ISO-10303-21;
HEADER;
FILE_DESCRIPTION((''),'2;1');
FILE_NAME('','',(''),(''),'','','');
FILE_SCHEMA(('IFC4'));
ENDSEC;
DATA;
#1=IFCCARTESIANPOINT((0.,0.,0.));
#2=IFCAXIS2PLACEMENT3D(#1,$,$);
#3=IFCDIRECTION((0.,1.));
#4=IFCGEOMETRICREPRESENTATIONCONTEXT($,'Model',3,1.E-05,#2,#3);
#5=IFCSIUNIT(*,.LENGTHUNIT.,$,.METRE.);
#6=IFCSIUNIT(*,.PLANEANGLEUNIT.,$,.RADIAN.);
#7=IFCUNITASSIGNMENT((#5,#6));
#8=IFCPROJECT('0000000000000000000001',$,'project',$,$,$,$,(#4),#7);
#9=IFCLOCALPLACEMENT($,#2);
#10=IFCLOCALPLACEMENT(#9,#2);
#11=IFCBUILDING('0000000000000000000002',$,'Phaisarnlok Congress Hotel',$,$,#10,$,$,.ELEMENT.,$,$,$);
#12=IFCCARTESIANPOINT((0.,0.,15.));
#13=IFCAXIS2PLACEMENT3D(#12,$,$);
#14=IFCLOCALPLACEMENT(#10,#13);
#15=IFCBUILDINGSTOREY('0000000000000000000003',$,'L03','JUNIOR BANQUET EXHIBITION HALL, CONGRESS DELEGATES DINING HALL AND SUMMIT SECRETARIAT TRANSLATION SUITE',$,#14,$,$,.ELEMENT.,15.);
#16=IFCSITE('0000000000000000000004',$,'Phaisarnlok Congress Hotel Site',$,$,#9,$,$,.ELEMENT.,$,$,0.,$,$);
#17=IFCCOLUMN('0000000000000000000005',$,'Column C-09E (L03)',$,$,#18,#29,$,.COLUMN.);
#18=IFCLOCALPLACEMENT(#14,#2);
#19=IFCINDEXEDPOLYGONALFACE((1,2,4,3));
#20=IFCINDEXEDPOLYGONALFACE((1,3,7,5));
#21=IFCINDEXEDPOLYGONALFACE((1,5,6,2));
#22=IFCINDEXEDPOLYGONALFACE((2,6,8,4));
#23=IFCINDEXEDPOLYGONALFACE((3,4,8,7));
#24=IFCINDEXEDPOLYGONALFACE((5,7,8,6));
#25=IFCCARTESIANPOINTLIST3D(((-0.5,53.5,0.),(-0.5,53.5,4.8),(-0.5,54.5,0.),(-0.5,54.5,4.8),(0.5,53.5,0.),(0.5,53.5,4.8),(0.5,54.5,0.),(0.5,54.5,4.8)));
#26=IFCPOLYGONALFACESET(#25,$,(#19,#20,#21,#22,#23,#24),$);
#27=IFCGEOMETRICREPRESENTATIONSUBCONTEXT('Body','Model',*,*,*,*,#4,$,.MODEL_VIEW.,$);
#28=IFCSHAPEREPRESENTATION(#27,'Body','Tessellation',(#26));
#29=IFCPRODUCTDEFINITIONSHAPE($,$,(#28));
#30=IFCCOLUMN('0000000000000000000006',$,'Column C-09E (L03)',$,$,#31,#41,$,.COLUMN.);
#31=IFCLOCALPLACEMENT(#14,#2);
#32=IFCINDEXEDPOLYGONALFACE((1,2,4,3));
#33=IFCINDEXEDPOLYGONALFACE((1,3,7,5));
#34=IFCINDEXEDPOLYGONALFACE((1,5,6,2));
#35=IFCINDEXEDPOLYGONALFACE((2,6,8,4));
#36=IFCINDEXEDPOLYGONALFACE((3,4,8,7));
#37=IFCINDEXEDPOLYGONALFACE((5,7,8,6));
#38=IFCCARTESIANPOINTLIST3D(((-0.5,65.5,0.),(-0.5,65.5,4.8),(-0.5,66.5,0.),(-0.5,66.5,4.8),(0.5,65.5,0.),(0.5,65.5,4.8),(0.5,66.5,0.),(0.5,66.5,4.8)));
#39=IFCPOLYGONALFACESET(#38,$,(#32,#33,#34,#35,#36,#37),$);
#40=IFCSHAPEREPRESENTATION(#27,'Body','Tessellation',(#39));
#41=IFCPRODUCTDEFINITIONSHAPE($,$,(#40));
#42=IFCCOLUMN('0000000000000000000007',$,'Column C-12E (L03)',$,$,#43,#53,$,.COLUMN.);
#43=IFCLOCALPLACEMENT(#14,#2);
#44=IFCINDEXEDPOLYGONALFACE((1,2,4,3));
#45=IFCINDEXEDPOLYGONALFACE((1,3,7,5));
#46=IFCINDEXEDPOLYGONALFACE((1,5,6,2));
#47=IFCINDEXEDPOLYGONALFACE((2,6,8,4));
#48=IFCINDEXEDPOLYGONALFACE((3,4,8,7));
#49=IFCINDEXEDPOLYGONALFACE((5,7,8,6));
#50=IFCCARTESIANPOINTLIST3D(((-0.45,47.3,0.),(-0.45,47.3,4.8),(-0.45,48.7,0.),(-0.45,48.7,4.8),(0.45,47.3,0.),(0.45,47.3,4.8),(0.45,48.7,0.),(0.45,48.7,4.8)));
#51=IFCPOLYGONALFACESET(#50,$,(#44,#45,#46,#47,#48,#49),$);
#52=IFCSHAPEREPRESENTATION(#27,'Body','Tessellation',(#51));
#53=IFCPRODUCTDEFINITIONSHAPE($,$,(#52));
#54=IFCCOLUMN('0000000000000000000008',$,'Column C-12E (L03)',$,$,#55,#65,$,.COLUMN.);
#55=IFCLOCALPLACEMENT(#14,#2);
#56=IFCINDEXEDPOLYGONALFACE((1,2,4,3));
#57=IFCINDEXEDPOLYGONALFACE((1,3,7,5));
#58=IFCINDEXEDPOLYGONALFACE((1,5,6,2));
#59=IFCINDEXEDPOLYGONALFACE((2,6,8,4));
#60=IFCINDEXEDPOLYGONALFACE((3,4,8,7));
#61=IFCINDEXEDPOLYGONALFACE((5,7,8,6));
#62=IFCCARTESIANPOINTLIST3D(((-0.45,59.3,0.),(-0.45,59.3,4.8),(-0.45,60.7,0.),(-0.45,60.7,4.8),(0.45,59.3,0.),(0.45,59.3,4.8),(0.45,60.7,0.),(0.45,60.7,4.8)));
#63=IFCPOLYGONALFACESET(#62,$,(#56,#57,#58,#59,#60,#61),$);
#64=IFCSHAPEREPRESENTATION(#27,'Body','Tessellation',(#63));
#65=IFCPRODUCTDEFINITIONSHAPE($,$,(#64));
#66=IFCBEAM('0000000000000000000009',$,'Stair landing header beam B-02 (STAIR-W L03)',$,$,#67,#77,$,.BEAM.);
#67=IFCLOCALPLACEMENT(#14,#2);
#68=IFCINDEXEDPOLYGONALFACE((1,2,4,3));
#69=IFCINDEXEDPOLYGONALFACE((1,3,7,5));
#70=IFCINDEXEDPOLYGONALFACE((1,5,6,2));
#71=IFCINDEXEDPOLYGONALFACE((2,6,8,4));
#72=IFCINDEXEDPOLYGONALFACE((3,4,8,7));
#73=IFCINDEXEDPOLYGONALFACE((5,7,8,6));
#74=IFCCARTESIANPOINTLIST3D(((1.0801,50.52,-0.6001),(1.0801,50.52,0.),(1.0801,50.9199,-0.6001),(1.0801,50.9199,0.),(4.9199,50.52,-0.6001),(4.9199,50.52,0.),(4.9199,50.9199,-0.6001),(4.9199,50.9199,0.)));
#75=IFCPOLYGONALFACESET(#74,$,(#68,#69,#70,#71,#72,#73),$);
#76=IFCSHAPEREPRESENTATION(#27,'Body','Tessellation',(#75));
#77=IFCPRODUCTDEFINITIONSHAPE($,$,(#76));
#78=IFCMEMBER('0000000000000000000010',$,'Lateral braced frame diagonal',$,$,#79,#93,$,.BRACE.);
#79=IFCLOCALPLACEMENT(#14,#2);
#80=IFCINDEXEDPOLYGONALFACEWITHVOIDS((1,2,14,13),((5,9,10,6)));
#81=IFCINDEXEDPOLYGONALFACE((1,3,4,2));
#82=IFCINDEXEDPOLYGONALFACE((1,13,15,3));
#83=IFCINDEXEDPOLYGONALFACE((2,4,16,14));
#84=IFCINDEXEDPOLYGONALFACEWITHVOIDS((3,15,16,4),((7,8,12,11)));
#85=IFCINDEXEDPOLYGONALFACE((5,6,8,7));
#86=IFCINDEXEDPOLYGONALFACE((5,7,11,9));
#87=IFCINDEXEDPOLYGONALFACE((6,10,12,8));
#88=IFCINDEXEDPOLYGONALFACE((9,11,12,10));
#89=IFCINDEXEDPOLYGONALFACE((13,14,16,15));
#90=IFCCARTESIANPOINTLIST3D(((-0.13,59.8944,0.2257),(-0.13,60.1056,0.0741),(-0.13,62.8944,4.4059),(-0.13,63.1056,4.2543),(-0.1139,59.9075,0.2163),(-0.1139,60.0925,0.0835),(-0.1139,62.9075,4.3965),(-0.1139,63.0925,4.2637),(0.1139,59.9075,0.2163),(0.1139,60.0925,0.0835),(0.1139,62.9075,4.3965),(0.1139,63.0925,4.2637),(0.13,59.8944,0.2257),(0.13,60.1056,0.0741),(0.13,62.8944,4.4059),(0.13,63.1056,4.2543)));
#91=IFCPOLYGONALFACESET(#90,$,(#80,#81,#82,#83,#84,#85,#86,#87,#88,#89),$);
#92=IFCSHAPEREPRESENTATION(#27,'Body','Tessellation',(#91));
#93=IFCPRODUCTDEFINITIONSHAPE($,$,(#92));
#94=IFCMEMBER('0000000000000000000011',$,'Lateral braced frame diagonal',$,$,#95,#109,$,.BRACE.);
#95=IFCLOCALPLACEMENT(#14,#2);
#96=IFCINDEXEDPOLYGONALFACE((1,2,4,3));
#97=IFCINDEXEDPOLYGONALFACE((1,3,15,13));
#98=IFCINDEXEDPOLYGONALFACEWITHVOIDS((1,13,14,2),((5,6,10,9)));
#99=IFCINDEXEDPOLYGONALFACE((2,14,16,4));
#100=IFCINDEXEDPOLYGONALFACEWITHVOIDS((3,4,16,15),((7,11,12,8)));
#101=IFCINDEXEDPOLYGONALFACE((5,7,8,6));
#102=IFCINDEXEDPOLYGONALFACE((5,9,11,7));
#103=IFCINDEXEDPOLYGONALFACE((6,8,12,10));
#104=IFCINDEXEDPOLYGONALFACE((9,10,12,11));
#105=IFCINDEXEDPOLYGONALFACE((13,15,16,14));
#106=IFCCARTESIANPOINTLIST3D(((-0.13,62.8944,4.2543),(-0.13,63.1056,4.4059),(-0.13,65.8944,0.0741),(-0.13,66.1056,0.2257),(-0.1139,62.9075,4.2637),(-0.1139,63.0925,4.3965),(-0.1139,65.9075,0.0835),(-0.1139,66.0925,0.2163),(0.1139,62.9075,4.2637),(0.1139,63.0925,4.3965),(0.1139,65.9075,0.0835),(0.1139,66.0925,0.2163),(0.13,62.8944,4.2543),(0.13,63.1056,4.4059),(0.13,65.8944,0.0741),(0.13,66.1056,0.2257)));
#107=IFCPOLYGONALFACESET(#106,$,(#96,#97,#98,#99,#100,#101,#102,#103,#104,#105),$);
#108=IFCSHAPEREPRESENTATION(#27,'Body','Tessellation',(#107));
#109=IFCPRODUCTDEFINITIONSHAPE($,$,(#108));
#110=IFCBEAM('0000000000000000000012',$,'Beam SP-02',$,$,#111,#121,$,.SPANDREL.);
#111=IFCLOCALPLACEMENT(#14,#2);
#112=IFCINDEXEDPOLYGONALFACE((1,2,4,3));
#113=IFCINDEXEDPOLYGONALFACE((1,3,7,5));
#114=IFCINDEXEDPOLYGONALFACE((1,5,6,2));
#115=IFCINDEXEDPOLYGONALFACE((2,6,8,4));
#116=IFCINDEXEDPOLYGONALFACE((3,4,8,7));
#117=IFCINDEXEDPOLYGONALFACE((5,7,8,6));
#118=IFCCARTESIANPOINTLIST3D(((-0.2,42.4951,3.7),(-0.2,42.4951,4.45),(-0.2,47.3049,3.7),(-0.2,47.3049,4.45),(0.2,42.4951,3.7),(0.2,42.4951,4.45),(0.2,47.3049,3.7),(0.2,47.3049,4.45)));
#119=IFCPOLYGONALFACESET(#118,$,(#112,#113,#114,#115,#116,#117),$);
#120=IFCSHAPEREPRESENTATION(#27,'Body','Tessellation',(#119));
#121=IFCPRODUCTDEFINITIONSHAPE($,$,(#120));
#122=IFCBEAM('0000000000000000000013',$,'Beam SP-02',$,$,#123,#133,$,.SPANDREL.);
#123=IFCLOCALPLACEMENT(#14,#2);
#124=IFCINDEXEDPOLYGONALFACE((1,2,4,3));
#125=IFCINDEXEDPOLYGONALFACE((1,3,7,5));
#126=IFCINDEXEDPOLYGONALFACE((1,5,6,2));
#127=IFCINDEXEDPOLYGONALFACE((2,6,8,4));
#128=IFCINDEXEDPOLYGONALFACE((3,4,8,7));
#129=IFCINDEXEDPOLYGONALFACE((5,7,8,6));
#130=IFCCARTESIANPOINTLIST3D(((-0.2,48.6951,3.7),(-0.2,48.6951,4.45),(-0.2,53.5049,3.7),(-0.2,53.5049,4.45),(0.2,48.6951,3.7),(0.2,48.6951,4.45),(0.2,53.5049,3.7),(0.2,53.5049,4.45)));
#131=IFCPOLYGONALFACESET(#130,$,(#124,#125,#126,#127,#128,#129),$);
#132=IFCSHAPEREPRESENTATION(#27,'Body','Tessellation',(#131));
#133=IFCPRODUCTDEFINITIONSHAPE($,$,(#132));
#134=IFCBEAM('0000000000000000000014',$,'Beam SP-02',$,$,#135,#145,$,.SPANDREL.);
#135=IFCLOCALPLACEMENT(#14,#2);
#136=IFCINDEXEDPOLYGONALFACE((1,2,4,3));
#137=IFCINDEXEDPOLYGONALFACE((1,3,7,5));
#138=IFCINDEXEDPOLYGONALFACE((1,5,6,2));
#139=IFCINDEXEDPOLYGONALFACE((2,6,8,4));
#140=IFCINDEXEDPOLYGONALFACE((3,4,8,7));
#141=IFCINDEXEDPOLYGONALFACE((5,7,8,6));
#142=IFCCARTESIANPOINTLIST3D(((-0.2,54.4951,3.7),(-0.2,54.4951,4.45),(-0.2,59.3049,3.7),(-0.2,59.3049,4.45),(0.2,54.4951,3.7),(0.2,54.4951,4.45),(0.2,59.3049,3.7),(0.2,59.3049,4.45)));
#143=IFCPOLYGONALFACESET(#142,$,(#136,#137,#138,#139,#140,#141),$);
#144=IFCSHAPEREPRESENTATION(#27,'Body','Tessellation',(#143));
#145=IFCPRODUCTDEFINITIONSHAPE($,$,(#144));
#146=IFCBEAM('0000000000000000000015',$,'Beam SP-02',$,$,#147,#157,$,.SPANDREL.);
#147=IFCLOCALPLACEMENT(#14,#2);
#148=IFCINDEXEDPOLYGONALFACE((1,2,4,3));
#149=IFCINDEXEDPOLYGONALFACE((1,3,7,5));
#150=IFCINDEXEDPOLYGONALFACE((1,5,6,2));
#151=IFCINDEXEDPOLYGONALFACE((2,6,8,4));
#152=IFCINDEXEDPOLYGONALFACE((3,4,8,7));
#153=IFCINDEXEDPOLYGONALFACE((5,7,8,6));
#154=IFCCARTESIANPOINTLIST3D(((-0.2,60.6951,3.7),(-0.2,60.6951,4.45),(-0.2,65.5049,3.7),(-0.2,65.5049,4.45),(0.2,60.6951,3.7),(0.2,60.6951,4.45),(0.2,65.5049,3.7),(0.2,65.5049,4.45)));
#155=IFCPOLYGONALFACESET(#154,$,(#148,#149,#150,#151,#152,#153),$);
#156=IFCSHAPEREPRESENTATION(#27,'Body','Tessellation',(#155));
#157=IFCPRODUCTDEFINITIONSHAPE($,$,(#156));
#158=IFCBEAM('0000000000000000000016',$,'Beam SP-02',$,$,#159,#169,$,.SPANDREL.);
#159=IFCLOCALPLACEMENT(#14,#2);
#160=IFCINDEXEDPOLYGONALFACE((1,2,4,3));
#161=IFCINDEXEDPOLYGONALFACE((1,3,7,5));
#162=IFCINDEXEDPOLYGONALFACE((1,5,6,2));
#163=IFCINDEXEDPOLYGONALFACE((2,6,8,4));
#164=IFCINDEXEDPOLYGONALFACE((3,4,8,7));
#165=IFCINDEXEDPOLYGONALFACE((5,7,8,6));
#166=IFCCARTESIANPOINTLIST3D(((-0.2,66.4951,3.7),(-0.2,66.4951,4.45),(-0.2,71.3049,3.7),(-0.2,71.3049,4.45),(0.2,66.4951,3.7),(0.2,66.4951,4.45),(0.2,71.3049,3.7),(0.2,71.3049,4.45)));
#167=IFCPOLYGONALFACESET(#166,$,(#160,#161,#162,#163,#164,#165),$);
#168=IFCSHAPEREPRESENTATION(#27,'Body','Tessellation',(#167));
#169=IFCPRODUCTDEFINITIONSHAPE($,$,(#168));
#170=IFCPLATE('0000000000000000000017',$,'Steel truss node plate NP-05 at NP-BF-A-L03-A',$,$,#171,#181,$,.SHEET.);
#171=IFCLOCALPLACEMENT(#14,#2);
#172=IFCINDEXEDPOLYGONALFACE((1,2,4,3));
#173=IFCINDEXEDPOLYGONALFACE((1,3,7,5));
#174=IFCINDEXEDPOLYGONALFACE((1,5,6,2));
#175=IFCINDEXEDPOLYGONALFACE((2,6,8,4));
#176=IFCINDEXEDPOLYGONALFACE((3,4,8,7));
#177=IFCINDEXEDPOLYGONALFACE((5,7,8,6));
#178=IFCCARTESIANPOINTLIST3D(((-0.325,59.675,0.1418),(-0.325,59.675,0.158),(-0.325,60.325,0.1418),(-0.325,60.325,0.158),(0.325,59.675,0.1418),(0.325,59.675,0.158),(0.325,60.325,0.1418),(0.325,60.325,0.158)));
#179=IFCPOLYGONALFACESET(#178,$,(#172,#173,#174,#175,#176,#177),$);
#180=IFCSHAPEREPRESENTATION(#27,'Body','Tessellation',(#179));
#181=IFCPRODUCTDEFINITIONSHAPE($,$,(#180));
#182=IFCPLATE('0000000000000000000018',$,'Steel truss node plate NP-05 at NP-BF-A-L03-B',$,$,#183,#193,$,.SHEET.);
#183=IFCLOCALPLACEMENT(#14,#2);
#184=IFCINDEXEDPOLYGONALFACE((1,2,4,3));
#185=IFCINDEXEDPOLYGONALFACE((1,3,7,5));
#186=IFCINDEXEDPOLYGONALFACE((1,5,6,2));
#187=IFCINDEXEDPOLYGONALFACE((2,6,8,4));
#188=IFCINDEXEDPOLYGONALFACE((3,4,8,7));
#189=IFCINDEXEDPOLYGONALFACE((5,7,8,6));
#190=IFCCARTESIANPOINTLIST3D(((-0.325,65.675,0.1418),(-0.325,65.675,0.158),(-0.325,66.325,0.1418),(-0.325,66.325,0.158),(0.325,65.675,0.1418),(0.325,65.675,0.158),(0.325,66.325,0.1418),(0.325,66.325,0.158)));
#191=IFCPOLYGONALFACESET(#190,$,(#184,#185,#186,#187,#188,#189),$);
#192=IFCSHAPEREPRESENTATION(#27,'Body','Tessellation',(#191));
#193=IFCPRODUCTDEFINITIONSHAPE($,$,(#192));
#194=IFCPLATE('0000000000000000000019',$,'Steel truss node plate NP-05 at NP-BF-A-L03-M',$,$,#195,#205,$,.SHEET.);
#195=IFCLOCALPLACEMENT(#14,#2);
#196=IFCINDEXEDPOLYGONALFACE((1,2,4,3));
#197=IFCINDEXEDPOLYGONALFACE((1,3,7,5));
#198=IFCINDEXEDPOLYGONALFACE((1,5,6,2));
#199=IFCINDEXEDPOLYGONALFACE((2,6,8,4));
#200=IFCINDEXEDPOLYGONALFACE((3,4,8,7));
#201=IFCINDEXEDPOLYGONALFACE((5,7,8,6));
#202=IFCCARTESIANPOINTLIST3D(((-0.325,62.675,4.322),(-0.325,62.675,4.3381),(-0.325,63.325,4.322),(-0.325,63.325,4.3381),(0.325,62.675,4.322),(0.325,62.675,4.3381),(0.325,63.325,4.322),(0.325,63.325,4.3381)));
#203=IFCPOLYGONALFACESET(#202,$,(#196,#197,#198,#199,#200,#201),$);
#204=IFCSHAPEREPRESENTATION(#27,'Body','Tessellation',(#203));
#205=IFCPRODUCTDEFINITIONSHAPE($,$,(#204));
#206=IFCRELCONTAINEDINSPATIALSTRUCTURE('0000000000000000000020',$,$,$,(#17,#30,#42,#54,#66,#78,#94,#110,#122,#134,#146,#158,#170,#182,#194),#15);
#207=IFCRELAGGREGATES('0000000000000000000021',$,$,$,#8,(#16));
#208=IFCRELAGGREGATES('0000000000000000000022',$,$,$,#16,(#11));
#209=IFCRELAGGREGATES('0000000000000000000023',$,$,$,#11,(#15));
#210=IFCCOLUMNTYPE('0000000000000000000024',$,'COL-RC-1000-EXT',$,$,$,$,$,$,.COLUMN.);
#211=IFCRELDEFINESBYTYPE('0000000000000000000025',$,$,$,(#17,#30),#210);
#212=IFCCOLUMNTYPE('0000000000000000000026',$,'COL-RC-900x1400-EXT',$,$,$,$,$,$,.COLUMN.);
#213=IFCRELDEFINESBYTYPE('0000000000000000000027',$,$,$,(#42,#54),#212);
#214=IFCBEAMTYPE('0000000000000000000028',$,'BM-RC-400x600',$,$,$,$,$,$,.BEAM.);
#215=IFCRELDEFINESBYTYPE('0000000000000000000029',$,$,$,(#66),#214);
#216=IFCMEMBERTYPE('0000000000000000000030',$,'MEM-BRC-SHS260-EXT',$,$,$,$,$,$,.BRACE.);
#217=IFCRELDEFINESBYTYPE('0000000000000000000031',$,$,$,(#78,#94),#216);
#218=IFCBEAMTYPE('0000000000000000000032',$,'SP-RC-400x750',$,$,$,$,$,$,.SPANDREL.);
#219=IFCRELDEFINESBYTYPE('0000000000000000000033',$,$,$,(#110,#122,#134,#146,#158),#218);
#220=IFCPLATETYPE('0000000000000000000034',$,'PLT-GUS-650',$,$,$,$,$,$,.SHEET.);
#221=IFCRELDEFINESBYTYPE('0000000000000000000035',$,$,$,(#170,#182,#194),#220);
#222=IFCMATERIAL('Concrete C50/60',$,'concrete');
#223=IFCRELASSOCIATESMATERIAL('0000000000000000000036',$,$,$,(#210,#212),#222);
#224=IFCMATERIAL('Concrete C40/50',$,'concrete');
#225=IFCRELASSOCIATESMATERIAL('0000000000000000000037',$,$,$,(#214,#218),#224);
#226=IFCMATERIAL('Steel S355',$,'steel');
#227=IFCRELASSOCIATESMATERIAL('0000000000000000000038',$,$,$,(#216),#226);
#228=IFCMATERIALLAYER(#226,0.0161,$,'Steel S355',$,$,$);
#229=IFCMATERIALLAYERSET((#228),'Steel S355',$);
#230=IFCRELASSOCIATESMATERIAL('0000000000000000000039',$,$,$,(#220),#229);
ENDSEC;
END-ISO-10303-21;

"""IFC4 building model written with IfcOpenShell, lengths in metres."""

from ifc_helpers import new_model, si_unit, direction, frame, origin, origin_2d, place, context, subcontext, project, spatial, rectangle, hollow_rectangle, extrude, material, layer, layer_set, material_profile, profile_set, type_object, element, save


model = new_model("IFC4")

# Units and contexts
model_context = context("Model", 3, precision=1e-05, world=origin(), true_north=direction((0.0, 1.0)))
body_context = subcontext(model_context, "Body", "Model", "MODEL_VIEW")
ifc_project = project(units=[si_unit("LENGTHUNIT", "METRE"), si_unit("PLANEANGLEUNIT", "RADIAN")], contexts=[model_context])

# Site, building, storey
site_placement = place(None, origin())
site = spatial("IfcSite", under=ifc_project, at=site_placement, Name="Phaisarnlok Congress Hotel Site", CompositionType="ELEMENT", RefElevation=0.0)
building_placement = place(site_placement, origin())
building = spatial("IfcBuilding", under=site, at=building_placement, Name="Phaisarnlok Congress Hotel", CompositionType="ELEMENT")
storey_placement = place(building_placement, frame((0.0, 0.0, 15.0)))
storey = spatial("IfcBuildingStorey", under=building, at=storey_placement, Name="L03", Description="JUNIOR BANQUET EXHIBITION HALL, CONGRESS DELEGATES DINING HALL AND SUMMIT SECRETARIAT TRANSLATION SUITE", CompositionType="ELEMENT", Elevation=15.0)

# Columns
ifc_material_1 = material(Name="Concrete C50/60", Category="concrete")
ifc_material_profile_1 = material_profile(ifc_material_1, rectangle(XDim=1.0, YDim=1.0, at=origin_2d()), Name="RC 1000x1000")
ifc_profile_set_1 = profile_set([ifc_material_profile_1], Name="Concrete C50/60")
column_type_1 = type_object("IfcColumnType", Name="COL-RC-1000-EXT", PredefinedType="COLUMN", material=ifc_profile_set_1)
for number, where, z_axis, x_axis, name in (
    (1, (0.0, 54.0, 0.0), (0.0, 0.0, 1.0), (1.0, 0.0, 0.0), "Column C-09E (L03)"),
    (2, (0.0, 66.0, 0.0), (0.0, 0.0, 1.0), (1.0, 0.0, 0.0), "Column C-09E (L03)"),
):
    element("IfcColumn", number, at=place(storey_placement, frame(where, z_axis=z_axis, x_axis=x_axis)), inside=storey, type_object=column_type_1, Name=name, PredefinedType="COLUMN", context=body_context, shape_type="SweptSolid", body=[
        extrude(rectangle(XDim=1.0, YDim=1.0, at=origin_2d()), origin(), (0.0, 0.0, 1.0), 4.8),
    ])
ifc_material_profile_2 = material_profile(ifc_material_1, rectangle(XDim=0.8999, YDim=1.3999, at=origin_2d()), Name="RC 900x1400")
ifc_profile_set_2 = profile_set([ifc_material_profile_2], Name="Concrete C50/60")
column_type_2 = type_object("IfcColumnType", Name="COL-RC-900x1400-EXT", PredefinedType="COLUMN", material=ifc_profile_set_2)
for number, where, z_axis, x_axis, name in (
    (3, (0.0, 48.0, 0.0), (0.0, 0.0, 1.0), (1.0, 0.0, 0.0), "Column C-12E (L03)"),
    (4, (0.0, 60.0, 0.0), (0.0, 0.0, 1.0), (1.0, 0.0, 0.0), "Column C-12E (L03)"),
):
    element("IfcColumn", number, at=place(storey_placement, frame(where, z_axis=z_axis, x_axis=x_axis)), inside=storey, type_object=column_type_2, Name=name, PredefinedType="COLUMN", context=body_context, shape_type="SweptSolid", body=[
        extrude(rectangle(XDim=0.8999, YDim=1.3999, at=origin_2d()), origin(), (0.0, 0.0, 1.0), 4.8),
    ])

# Beam
ifc_material_2 = material(Name="Concrete C40/50", Category="concrete")
ifc_material_profile_3 = material_profile(ifc_material_2, rectangle(XDim=0.3999, YDim=0.6001, at=origin_2d()), Name="RC 400x600")
ifc_profile_set_3 = profile_set([ifc_material_profile_3], Name="Concrete C40/50")
beam_type_1 = type_object("IfcBeamType", Name="BM-RC-400x600", PredefinedType="BEAM", material=ifc_profile_set_3)
beam_placement = place(storey_placement, frame((1.0801, 50.72, -0.3), z_axis=(1.0, 0.0, 0.0), x_axis=(0.0, 1.0, 0.0)))
element("IfcBeam", 5, at=beam_placement, inside=storey, type_object=beam_type_1, Name="Stair landing header beam B-02 (STAIR-W L03)", PredefinedType="BEAM", context=body_context, shape_type="SweptSolid", body=[
    extrude(rectangle(XDim=0.3999, YDim=0.6001, at=origin_2d()), origin(), (0.0, 0.0, 1.0), 3.8398),
])

# Members
ifc_material_3 = material(Name="Steel S355", Category="steel")
ifc_material_profile_4 = material_profile(ifc_material_3, hollow_rectangle(XDim=0.26, YDim=0.26, WallThickness=0.0161, at=origin_2d()), Name="SHS 260x260x16")
ifc_profile_set_4 = profile_set([ifc_material_profile_4], Name="Steel S355")
member_type = type_object("IfcMemberType", Name="MEM-BRC-SHS260-EXT", PredefinedType="BRACE", material=ifc_profile_set_4)
for number, where, z_axis, x_axis, name in (
    (6, (0.0, 60.0, 0.1499), (0.0, 0.583059, 0.81243), (-1.0, 0.0, 0.0), "Lateral braced frame diagonal"),
    (7, (0.0, 66.0, 0.1499), (0.0, -0.583059, 0.81243), (1.0, 0.0, 0.0), "Lateral braced frame diagonal"),
):
    element("IfcMember", number, at=place(storey_placement, frame(where, z_axis=z_axis, x_axis=x_axis)), inside=storey, type_object=member_type, Name=name, PredefinedType="BRACE", context=body_context, shape_type="SweptSolid", body=[
        extrude(hollow_rectangle(XDim=0.26, YDim=0.26, WallThickness=0.0161, at=origin_2d()), origin(), (0.0, 0.0, 1.0), 5.1453),
    ])

# Beams
ifc_material_profile_5 = material_profile(ifc_material_2, rectangle(XDim=0.3999, YDim=0.75, at=origin_2d()), Name="RC 400x750")
ifc_profile_set_5 = profile_set([ifc_material_profile_5], Name="Concrete C40/50")
beam_type_2 = type_object("IfcBeamType", Name="SP-RC-400x750", PredefinedType="SPANDREL", material=ifc_profile_set_5)
for number, where, z_axis, x_axis, name in (
    (8, (0.0, 42.4951, 4.075), (0.0, 1.0, 0.0), (-1.0, 0.0, 0.0), "Beam SP-02"),
    (9, (0.0, 48.6951, 4.075), (0.0, 1.0, 0.0), (-1.0, 0.0, 0.0), "Beam SP-02"),
    (10, (0.0, 54.4951, 4.075), (0.0, 1.0, 0.0), (-1.0, 0.0, 0.0), "Beam SP-02"),
    (11, (0.0, 60.6951, 4.075), (0.0, 1.0, 0.0), (-1.0, 0.0, 0.0), "Beam SP-02"),
    (12, (0.0, 66.4951, 4.075), (0.0, 1.0, 0.0), (-1.0, 0.0, 0.0), "Beam SP-02"),
):
    element("IfcBeam", number, at=place(storey_placement, frame(where, z_axis=z_axis, x_axis=x_axis)), inside=storey, type_object=beam_type_2, Name=name, PredefinedType="SPANDREL", context=body_context, shape_type="SweptSolid", body=[
        extrude(rectangle(XDim=0.3999, YDim=0.75, at=origin_2d()), origin(), (0.0, 0.0, 1.0), 4.8098),
    ])

# Plates
ifc_layer_1 = layer(ifc_material_3, 0.0161, Name="Steel S355")
ifc_layer_set_1 = layer_set([ifc_layer_1], Name="Steel S355")
plate_type_1 = type_object("IfcPlateType", Name="PLT-GUS-650", PredefinedType="SHEET", material=ifc_layer_set_1)
for number, where, z_axis, x_axis, name in (
    (13, (0.0, 60.0, 0.1418), (0.0, 0.0, 1.0), (1.0, 0.0, 0.0), "Steel truss node plate NP-05 at NP-BF-A-L03-A"),
    (14, (0.0, 66.0, 0.1418), (0.0, 0.0, 1.0), (1.0, 0.0, 0.0), "Steel truss node plate NP-05 at NP-BF-A-L03-B"),
    (15, (0.0, 63.0, 4.322), (0.0, 0.0, 1.0), (1.0, 0.0, 0.0), "Steel truss node plate NP-05 at NP-BF-A-L03-M"),
):
    element("IfcPlate", number, at=place(storey_placement, frame(where, z_axis=z_axis, x_axis=x_axis)), inside=storey, type_object=plate_type_1, Name=name, PredefinedType="SHEET", context=body_context, shape_type="SweptSolid", body=[
        extrude(rectangle(XDim=0.6499, YDim=0.6499, at=origin_2d()), origin(), (0.0, 0.0, 1.0), 0.0161),
    ])

save(model, "model.ifc")
